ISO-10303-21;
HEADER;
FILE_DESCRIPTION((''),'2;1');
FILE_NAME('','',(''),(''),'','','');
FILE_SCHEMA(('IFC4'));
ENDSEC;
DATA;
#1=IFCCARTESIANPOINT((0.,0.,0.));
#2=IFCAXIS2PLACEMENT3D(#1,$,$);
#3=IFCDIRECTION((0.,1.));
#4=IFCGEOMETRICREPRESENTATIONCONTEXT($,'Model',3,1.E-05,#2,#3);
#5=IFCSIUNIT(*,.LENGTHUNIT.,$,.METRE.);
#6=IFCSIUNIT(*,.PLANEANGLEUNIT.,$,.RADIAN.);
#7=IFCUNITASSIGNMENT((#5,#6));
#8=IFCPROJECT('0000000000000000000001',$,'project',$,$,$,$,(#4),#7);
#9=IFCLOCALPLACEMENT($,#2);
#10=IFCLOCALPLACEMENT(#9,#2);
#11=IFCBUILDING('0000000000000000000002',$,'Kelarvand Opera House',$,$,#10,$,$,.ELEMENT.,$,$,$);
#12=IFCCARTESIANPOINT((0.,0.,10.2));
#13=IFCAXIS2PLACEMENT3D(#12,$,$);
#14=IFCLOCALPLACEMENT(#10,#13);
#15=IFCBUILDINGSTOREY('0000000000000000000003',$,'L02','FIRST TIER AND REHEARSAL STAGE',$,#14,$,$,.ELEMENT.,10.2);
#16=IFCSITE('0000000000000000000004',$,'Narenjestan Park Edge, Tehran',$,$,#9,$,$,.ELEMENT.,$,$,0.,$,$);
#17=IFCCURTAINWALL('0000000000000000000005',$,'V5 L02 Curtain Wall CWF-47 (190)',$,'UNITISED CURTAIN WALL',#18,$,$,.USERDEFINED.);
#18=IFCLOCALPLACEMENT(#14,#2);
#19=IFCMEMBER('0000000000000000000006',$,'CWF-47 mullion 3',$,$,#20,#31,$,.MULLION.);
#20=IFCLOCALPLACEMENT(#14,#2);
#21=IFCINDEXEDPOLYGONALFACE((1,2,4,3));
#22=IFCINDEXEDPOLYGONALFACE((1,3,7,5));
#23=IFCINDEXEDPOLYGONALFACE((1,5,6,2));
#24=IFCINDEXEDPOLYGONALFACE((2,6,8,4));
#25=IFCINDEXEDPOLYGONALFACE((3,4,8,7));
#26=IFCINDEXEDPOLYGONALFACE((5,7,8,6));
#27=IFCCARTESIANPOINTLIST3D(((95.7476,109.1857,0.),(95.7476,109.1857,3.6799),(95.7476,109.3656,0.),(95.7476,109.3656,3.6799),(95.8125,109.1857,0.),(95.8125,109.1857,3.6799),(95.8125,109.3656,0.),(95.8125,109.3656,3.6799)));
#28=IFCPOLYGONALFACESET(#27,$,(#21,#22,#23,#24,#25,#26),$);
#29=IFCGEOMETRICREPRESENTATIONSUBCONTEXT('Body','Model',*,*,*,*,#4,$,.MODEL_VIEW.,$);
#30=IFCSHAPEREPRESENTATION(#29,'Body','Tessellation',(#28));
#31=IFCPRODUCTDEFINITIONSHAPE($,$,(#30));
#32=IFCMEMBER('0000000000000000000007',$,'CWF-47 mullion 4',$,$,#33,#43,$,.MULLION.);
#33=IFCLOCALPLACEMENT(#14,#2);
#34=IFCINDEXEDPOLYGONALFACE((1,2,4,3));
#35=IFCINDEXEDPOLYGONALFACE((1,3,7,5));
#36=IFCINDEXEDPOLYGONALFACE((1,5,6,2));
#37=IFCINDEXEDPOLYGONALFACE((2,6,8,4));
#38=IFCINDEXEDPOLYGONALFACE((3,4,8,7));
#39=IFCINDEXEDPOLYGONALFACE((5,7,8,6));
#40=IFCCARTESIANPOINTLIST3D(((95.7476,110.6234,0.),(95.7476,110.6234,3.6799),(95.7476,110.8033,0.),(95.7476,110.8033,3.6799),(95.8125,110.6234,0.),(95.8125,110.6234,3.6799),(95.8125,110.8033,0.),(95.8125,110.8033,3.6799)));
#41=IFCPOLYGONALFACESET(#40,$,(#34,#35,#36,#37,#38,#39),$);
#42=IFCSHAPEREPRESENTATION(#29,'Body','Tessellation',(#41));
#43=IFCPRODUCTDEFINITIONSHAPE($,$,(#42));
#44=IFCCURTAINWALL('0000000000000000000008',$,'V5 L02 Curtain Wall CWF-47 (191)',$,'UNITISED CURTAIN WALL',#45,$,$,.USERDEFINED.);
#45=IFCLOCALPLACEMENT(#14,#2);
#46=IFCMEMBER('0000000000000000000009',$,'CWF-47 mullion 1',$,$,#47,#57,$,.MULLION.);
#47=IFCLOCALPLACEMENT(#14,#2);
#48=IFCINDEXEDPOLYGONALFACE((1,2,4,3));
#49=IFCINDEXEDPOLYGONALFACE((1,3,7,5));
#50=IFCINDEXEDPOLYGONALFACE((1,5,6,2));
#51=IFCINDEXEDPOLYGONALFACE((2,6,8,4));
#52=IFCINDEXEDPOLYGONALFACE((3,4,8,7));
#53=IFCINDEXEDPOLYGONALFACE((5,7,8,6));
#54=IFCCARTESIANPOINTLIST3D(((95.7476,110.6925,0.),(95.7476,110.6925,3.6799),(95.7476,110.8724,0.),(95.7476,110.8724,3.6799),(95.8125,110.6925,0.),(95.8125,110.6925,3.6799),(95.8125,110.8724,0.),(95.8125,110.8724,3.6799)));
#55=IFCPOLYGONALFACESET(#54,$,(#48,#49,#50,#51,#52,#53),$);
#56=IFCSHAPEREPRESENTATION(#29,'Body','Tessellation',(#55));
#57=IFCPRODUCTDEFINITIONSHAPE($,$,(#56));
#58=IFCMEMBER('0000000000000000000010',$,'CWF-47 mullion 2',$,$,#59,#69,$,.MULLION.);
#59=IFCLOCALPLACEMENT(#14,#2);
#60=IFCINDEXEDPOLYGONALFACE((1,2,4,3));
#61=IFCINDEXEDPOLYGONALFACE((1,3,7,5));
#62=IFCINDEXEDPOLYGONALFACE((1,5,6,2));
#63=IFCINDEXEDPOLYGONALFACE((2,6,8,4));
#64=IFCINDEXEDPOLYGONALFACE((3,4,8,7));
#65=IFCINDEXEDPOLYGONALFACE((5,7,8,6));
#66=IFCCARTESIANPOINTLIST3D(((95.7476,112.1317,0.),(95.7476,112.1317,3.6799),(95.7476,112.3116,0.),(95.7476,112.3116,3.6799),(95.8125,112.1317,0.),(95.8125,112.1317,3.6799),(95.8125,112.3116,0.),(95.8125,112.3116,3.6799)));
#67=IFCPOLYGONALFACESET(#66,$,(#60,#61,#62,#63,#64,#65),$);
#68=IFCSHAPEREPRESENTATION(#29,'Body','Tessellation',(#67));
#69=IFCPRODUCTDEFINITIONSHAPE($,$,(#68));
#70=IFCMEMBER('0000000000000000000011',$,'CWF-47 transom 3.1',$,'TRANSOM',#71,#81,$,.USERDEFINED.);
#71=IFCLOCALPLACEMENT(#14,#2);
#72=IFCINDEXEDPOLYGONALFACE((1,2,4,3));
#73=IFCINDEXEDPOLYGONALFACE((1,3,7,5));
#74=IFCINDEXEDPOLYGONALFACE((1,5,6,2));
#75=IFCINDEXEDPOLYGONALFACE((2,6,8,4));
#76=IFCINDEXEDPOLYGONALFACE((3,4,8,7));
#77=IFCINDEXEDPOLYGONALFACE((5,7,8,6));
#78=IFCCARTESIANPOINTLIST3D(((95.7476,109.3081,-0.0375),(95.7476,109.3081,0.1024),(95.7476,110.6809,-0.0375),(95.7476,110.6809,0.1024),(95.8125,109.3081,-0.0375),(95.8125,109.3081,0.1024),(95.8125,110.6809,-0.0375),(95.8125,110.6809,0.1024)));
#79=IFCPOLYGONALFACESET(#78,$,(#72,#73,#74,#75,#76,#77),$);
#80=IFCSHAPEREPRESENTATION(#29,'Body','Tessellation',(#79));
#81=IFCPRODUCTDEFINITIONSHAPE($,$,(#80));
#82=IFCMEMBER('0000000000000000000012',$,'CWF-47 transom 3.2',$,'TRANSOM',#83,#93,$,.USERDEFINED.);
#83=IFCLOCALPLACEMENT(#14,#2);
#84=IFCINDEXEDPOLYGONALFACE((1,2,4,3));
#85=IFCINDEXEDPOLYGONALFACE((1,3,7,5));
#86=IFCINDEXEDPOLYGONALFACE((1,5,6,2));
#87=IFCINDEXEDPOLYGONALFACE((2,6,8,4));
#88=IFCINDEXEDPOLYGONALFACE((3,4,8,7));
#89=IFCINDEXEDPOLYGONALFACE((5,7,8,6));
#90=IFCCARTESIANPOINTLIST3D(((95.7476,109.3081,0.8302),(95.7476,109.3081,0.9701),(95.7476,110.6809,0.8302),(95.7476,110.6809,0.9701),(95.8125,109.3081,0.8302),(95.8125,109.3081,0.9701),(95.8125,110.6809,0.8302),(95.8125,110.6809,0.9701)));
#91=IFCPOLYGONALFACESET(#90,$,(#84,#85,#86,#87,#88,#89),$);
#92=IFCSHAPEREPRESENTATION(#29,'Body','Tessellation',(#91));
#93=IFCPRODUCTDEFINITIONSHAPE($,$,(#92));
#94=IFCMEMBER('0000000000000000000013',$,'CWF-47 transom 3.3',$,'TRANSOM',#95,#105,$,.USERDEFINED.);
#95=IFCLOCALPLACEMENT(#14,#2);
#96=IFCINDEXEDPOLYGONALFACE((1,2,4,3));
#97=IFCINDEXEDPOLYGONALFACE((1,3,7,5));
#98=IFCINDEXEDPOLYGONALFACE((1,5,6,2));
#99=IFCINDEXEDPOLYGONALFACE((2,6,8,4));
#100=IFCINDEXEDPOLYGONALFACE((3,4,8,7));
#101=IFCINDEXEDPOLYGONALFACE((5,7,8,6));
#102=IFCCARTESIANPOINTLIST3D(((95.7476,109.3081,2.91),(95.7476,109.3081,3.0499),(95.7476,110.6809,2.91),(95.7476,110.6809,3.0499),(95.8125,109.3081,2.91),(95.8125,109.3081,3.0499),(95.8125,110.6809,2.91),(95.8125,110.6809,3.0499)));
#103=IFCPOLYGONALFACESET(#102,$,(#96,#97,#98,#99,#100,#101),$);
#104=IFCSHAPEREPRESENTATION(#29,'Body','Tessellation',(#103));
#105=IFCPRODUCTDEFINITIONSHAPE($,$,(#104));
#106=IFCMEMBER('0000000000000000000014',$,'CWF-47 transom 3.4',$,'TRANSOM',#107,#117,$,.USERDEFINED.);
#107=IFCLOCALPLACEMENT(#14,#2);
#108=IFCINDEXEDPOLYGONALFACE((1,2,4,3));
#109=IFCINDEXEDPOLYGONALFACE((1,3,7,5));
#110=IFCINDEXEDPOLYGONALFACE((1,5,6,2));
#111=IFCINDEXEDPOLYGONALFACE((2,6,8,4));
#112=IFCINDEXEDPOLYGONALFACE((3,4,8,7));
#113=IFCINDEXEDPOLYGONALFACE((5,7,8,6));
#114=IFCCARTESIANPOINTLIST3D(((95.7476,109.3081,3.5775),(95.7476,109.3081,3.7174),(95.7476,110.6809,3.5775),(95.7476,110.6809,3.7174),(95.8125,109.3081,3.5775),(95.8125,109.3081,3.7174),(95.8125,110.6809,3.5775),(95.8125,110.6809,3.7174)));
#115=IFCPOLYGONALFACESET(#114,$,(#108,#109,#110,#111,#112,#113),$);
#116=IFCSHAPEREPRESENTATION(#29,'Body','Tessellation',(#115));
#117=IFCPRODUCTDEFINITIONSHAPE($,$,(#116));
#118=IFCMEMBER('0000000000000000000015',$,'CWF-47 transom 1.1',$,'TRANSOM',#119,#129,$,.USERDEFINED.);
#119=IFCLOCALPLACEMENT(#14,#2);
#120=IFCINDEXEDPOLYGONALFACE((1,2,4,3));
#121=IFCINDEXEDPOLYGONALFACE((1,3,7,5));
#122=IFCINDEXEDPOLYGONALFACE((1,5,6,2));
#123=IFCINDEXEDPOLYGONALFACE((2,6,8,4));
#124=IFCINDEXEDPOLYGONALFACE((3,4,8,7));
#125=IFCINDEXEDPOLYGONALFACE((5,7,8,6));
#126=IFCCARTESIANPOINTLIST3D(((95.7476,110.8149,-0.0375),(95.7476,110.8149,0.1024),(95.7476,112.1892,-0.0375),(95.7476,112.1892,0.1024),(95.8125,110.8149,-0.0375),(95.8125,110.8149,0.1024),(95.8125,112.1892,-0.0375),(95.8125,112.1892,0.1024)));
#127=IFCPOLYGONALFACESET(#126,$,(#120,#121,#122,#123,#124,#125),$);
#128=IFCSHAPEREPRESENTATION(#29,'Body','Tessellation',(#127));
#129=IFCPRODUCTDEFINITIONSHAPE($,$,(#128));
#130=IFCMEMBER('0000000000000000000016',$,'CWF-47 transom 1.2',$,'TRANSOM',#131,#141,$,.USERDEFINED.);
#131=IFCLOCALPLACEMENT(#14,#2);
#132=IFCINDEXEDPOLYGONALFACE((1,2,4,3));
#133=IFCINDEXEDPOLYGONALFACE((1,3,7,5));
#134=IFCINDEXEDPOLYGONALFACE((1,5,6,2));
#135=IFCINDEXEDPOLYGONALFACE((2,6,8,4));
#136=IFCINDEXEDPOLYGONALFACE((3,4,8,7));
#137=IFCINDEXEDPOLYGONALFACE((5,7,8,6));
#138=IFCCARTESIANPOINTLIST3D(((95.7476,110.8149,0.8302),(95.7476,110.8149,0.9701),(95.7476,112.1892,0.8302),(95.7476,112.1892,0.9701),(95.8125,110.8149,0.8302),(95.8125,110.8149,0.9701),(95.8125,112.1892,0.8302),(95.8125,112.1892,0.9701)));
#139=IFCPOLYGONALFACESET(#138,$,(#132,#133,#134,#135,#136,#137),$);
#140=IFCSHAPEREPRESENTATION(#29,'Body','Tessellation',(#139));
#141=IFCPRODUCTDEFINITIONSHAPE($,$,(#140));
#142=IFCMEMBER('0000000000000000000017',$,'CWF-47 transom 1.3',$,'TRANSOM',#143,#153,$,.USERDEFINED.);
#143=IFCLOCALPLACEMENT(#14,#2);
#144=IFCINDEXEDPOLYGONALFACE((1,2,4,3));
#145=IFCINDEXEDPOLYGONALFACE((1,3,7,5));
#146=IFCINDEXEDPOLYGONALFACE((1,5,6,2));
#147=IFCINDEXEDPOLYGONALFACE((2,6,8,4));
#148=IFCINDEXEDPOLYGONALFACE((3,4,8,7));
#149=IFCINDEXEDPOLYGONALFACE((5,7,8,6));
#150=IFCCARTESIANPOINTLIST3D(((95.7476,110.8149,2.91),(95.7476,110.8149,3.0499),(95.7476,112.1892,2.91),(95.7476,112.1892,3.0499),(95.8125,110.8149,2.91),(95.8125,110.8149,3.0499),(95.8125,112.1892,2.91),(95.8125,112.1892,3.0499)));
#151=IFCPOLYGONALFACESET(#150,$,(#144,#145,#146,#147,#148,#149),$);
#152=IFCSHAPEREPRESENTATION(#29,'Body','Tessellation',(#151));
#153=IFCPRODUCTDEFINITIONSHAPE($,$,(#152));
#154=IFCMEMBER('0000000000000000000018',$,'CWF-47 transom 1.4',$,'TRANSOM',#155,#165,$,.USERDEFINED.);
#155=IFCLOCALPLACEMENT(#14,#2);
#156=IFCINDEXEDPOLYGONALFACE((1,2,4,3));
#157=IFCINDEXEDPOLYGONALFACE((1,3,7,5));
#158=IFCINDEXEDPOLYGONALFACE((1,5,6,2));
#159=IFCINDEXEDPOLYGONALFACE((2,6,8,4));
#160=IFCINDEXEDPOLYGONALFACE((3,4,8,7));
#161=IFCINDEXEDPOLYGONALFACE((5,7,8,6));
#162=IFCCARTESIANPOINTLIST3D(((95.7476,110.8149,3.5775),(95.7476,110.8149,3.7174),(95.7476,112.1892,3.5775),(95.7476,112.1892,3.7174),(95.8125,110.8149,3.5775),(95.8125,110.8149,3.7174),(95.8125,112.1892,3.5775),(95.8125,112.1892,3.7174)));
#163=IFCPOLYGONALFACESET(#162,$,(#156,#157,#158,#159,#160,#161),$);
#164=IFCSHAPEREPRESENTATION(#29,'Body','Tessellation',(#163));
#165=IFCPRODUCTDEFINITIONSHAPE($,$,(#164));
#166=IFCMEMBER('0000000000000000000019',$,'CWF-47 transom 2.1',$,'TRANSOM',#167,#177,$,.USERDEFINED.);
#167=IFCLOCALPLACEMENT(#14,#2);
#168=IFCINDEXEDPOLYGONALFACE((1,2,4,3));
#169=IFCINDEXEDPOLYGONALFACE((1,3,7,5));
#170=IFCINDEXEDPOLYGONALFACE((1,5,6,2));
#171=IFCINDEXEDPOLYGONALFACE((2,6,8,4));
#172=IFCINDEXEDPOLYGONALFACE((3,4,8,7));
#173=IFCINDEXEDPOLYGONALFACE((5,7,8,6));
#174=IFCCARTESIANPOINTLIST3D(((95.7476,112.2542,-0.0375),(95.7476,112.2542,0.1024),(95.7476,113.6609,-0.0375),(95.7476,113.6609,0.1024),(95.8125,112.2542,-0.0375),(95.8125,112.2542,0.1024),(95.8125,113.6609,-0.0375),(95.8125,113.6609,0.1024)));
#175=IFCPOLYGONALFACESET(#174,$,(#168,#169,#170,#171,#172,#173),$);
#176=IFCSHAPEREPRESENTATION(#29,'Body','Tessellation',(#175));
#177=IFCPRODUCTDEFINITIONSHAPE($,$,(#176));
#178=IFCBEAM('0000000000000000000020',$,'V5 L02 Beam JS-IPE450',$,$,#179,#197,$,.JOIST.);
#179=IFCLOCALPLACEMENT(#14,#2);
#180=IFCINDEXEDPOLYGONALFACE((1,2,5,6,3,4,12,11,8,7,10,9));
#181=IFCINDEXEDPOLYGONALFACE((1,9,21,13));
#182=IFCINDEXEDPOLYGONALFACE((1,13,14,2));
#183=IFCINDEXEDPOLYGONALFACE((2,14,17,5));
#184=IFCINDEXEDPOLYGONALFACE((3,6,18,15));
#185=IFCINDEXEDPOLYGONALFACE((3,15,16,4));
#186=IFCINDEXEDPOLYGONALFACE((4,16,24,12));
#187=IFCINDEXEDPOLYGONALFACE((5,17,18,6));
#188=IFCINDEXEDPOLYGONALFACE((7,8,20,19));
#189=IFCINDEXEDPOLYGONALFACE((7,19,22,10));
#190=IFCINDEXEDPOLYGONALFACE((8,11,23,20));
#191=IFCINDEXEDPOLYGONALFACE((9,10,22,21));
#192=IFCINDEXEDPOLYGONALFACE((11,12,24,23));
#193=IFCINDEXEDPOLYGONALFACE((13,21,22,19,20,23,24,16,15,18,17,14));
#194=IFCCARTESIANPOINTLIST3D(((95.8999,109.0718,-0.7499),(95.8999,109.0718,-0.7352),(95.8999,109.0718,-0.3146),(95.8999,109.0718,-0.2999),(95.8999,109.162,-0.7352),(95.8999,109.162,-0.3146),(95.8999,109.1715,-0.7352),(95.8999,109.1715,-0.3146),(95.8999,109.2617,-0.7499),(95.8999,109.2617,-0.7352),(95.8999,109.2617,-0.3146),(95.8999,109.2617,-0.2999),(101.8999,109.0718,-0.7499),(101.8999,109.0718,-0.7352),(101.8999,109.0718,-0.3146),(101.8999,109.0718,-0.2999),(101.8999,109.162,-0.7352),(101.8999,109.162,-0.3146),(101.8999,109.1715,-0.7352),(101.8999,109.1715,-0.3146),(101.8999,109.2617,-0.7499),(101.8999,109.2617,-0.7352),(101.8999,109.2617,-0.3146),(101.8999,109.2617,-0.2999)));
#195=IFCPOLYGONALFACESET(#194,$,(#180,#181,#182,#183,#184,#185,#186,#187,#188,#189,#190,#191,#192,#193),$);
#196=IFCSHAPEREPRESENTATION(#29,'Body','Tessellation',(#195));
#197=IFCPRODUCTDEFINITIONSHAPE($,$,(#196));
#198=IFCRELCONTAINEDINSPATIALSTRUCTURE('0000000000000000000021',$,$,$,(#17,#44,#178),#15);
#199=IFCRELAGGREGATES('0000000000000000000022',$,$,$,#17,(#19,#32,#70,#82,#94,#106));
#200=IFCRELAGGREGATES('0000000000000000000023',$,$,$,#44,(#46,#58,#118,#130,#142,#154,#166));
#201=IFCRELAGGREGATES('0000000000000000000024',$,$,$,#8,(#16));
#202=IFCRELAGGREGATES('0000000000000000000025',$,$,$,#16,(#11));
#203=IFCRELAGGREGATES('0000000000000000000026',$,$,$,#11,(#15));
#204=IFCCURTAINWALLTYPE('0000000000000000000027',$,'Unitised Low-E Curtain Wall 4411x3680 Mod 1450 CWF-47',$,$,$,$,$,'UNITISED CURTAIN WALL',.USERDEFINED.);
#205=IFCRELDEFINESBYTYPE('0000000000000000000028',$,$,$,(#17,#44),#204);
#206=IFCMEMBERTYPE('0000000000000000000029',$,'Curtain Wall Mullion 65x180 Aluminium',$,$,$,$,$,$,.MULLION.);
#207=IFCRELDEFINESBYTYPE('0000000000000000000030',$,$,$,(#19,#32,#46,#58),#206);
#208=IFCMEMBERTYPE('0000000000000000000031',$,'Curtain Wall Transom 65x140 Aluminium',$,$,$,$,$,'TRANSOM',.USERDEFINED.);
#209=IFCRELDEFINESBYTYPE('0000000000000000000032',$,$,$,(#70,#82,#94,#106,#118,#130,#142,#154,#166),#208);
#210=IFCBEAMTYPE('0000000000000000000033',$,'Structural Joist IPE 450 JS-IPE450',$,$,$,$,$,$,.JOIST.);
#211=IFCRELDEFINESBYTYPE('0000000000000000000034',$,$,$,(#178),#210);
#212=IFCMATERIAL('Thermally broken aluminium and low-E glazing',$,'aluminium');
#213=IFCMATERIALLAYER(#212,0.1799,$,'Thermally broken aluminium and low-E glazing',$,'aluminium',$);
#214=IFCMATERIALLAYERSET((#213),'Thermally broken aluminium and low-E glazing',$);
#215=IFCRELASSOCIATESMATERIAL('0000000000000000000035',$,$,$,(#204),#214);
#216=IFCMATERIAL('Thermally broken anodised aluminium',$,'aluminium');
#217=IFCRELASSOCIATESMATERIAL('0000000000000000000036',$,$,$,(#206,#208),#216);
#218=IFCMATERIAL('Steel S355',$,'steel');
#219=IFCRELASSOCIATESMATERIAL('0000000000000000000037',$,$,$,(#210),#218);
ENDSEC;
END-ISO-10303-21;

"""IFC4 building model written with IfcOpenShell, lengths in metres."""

from ifc_helpers import new_model, si_unit, direction, frame, origin, origin_2d, place, context, subcontext, project, spatial, rectangle, i_section, extrude, material, layer, layer_set, material_profile, profile_set, type_object, element, aggregate, save


model = new_model("IFC4")

# Units and contexts
model_context = context("Model", 3, precision=1e-05, world=origin(), true_north=direction((0.0, 1.0)))
body_context = subcontext(model_context, "Body", "Model", "MODEL_VIEW")
ifc_project = project(units=[si_unit("LENGTHUNIT", "METRE"), si_unit("PLANEANGLEUNIT", "RADIAN")], contexts=[model_context])

# Site, building, storey
site_placement = place(None, origin())
site = spatial("IfcSite", under=ifc_project, at=site_placement, Name="Narenjestan Park Edge, Tehran", CompositionType="ELEMENT", RefElevation=0.0)
building_placement = place(site_placement, origin())
building = spatial("IfcBuilding", under=site, at=building_placement, Name="Kelarvand Opera House", CompositionType="ELEMENT")
storey_placement = place(building_placement, frame((0.0, 0.0, 10.2)))
storey = spatial("IfcBuildingStorey", under=building, at=storey_placement, Name="L02", Description="FIRST TIER AND REHEARSAL STAGE", CompositionType="ELEMENT", Elevation=10.2)

# Curtain walls, members
ifc_material_1 = material(Name="Thermally broken aluminium and low-E glazing", Category="aluminium")
ifc_layer_1 = layer(ifc_material_1, 0.1799, Name="Thermally broken aluminium and low-E glazing", Category="aluminium")
ifc_layer_set_1 = layer_set([ifc_layer_1], Name="Thermally broken aluminium and low-E glazing")
curtain_wall_type = type_object("IfcCurtainWallType", Name="Unitised Low-E Curtain Wall 4411x3680 Mod 1450 CWF-47", ElementType="UNITISED CURTAIN WALL", PredefinedType="USERDEFINED", material=ifc_layer_set_1)
curtain_wall_1_placement = place(storey_placement, origin())
curtain_wall_1 = element("IfcCurtainWall", 1, at=curtain_wall_1_placement, inside=storey, type_object=curtain_wall_type, Name="V5 L02 Curtain Wall CWF-47 (190)", ObjectType="UNITISED CURTAIN WALL", PredefinedType="USERDEFINED")
ifc_material_2 = material(Name="Thermally broken anodised aluminium", Category="aluminium")
ifc_material_profile_1 = material_profile(ifc_material_2, rectangle(XDim=0.0649, YDim=0.1799, at=origin_2d()), Name="ALU MULLION 65x180", Category="aluminium")
ifc_profile_set_1 = profile_set([ifc_material_profile_1], Name="Thermally broken anodised aluminium")
member_type_1 = type_object("IfcMemberType", Name="Curtain Wall Mullion 65x180 Aluminium", PredefinedType="MULLION", material=ifc_profile_set_1)
member_1_placement = place(storey_placement, frame((95.78, 109.2756, 0.0), z_axis=(0.0, 0.0, 1.0), x_axis=(-1.0, 0.0, 0.0)))
member_1 = element("IfcMember", 2, at=member_1_placement, type_object=member_type_1, Name="CWF-47 mullion 3", PredefinedType="MULLION", context=body_context, shape_type="SweptSolid", body=[
    extrude(rectangle(XDim=0.0649, YDim=0.1799, at=origin_2d()), origin(), (0.0, 0.0, 1.0), 3.6799),
])
member_2_placement = place(storey_placement, frame((95.78, 110.7134, 0.0), z_axis=(0.0, 0.0, 1.0), x_axis=(-1.0, 0.0, 0.0)))
member_2 = element("IfcMember", 3, at=member_2_placement, type_object=member_type_1, Name="CWF-47 mullion 4", PredefinedType="MULLION", context=body_context, shape_type="SweptSolid", body=[
    extrude(rectangle(XDim=0.0649, YDim=0.1799, at=origin_2d()), origin(), (0.0, 0.0, 1.0), 3.6799),
])
curtain_wall_2_placement = place(storey_placement, origin())
curtain_wall_2 = element("IfcCurtainWall", 4, at=curtain_wall_2_placement, inside=storey, type_object=curtain_wall_type, Name="V5 L02 Curtain Wall CWF-47 (191)", ObjectType="UNITISED CURTAIN WALL", PredefinedType="USERDEFINED")
member_3_placement = place(storey_placement, frame((95.78, 110.7825, 0.0), z_axis=(0.0, 0.0, 1.0), x_axis=(-1.0, 0.0, 0.0)))
member_3 = element("IfcMember", 5, at=member_3_placement, type_object=member_type_1, Name="CWF-47 mullion 1", PredefinedType="MULLION", context=body_context, shape_type="SweptSolid", body=[
    extrude(rectangle(XDim=0.0649, YDim=0.1799, at=origin_2d()), origin(), (0.0, 0.0, 1.0), 3.6799),
])
member_4_placement = place(storey_placement, frame((95.78, 112.2217, 0.0), z_axis=(0.0, 0.0, 1.0), x_axis=(-1.0, 0.0, 0.0)))
member_4 = element("IfcMember", 6, at=member_4_placement, type_object=member_type_1, Name="CWF-47 mullion 2", PredefinedType="MULLION", context=body_context, shape_type="SweptSolid", body=[
    extrude(rectangle(XDim=0.0649, YDim=0.1799, at=origin_2d()), origin(), (0.0, 0.0, 1.0), 3.6799),
])

# Members
ifc_material_profile_2 = material_profile(ifc_material_2, rectangle(XDim=0.0649, YDim=0.1399, at=origin_2d()), Name="ALU TRANSOM 65x140", Category="aluminium")
ifc_profile_set_2 = profile_set([ifc_material_profile_2], Name="Thermally broken anodised aluminium")
member_type_2 = type_object("IfcMemberType", Name="Curtain Wall Transom 65x140 Aluminium", ElementType="TRANSOM", PredefinedType="USERDEFINED", material=ifc_profile_set_2)
member_5_placement = place(storey_placement, frame((95.78, 109.3081, 0.0325), z_axis=(0.0, 1.0, 0.0), x_axis=(-1.0, 0.0, 0.0)))
member_5 = element("IfcMember", 7, at=member_5_placement, type_object=member_type_2, Name="CWF-47 transom 3.1", ObjectType="TRANSOM", PredefinedType="USERDEFINED", context=body_context, shape_type="SweptSolid", body=[
    extrude(rectangle(XDim=0.0649, YDim=0.1399, at=origin_2d()), origin(), (0.0, 0.0, 1.0), 1.3728),
])
member_6_placement = place(storey_placement, frame((95.78, 109.3081, 0.9001), z_axis=(0.0, 1.0, 0.0), x_axis=(-1.0, 0.0, 0.0)))
member_6 = element("IfcMember", 8, at=member_6_placement, type_object=member_type_2, Name="CWF-47 transom 3.2", ObjectType="TRANSOM", PredefinedType="USERDEFINED", context=body_context, shape_type="SweptSolid", body=[
    extrude(rectangle(XDim=0.0649, YDim=0.1399, at=origin_2d()), origin(), (0.0, 0.0, 1.0), 1.3728),
])
member_7_placement = place(storey_placement, frame((95.78, 109.3081, 2.98), z_axis=(0.0, 1.0, 0.0), x_axis=(-1.0, 0.0, 0.0)))
member_7 = element("IfcMember", 9, at=member_7_placement, type_object=member_type_2, Name="CWF-47 transom 3.3", ObjectType="TRANSOM", PredefinedType="USERDEFINED", context=body_context, shape_type="SweptSolid", body=[
    extrude(rectangle(XDim=0.0649, YDim=0.1399, at=origin_2d()), origin(), (0.0, 0.0, 1.0), 1.3728),
])
member_8_placement = place(storey_placement, frame((95.78, 109.3081, 3.6475), z_axis=(0.0, 1.0, 0.0), x_axis=(-1.0, 0.0, 0.0)))
member_8 = element("IfcMember", 10, at=member_8_placement, type_object=member_type_2, Name="CWF-47 transom 3.4", ObjectType="TRANSOM", PredefinedType="USERDEFINED", context=body_context, shape_type="SweptSolid", body=[
    extrude(rectangle(XDim=0.0649, YDim=0.1399, at=origin_2d()), origin(), (0.0, 0.0, 1.0), 1.3728),
])
member_9_placement = place(storey_placement, frame((95.78, 110.8149, 0.0325), z_axis=(0.0, 1.0, 0.0), x_axis=(-1.0, 0.0, 0.0)))
member_9 = element("IfcMember", 11, at=member_9_placement, type_object=member_type_2, Name="CWF-47 transom 1.1", ObjectType="TRANSOM", PredefinedType="USERDEFINED", context=body_context, shape_type="SweptSolid", body=[
    extrude(rectangle(XDim=0.0649, YDim=0.1399, at=origin_2d()), origin(), (0.0, 0.0, 1.0), 1.3743),
])
member_10_placement = place(storey_placement, frame((95.78, 110.8149, 0.9001), z_axis=(0.0, 1.0, 0.0), x_axis=(-1.0, 0.0, 0.0)))
member_10 = element("IfcMember", 12, at=member_10_placement, type_object=member_type_2, Name="CWF-47 transom 1.2", ObjectType="TRANSOM", PredefinedType="USERDEFINED", context=body_context, shape_type="SweptSolid", body=[
    extrude(rectangle(XDim=0.0649, YDim=0.1399, at=origin_2d()), origin(), (0.0, 0.0, 1.0), 1.3743),
])
member_11_placement = place(storey_placement, frame((95.78, 110.8149, 2.98), z_axis=(0.0, 1.0, 0.0), x_axis=(-1.0, 0.0, 0.0)))
member_11 = element("IfcMember", 13, at=member_11_placement, type_object=member_type_2, Name="CWF-47 transom 1.3", ObjectType="TRANSOM", PredefinedType="USERDEFINED", context=body_context, shape_type="SweptSolid", body=[
    extrude(rectangle(XDim=0.0649, YDim=0.1399, at=origin_2d()), origin(), (0.0, 0.0, 1.0), 1.3743),
])
member_12_placement = place(storey_placement, frame((95.78, 110.8149, 3.6475), z_axis=(0.0, 1.0, 0.0), x_axis=(-1.0, 0.0, 0.0)))
member_12 = element("IfcMember", 14, at=member_12_placement, type_object=member_type_2, Name="CWF-47 transom 1.4", ObjectType="TRANSOM", PredefinedType="USERDEFINED", context=body_context, shape_type="SweptSolid", body=[
    extrude(rectangle(XDim=0.0649, YDim=0.1399, at=origin_2d()), origin(), (0.0, 0.0, 1.0), 1.3743),
])
member_13_placement = place(storey_placement, frame((95.78, 112.2542, 0.0325), z_axis=(0.0, 1.0, 0.0), x_axis=(-1.0, 0.0, 0.0)))
member_13 = element("IfcMember", 15, at=member_13_placement, type_object=member_type_2, Name="CWF-47 transom 2.1", ObjectType="TRANSOM", PredefinedType="USERDEFINED", context=body_context, shape_type="SweptSolid", body=[
    extrude(rectangle(XDim=0.0649, YDim=0.1399, at=origin_2d()), origin(), (0.0, 0.0, 1.0), 1.4067),
])

# Beam
ifc_material_3 = material(Name="Steel S355", Category="steel")
ifc_material_profile_3 = material_profile(ifc_material_3, i_section(OverallWidth=0.1899, OverallDepth=0.45, WebThickness=0.0095, FlangeThickness=0.0146, at=origin_2d()), Name="IPE 450", Category="steel")
ifc_profile_set_3 = profile_set([ifc_material_profile_3], Name="Steel S355")
beam_type = type_object("IfcBeamType", Name="Structural Joist IPE 450 JS-IPE450", PredefinedType="JOIST", material=ifc_profile_set_3)
beam_placement = place(storey_placement, frame((95.8999, 109.1667, -0.5249), z_axis=(1.0, 0.0, 0.0), x_axis=(0.0, 1.0, 0.0)))
element("IfcBeam", 16, at=beam_placement, inside=storey, type_object=beam_type, Name="V5 L02 Beam JS-IPE450", PredefinedType="JOIST", context=body_context, shape_type="SweptSolid", body=[
    extrude(i_section(OverallWidth=0.1899, OverallDepth=0.45, WebThickness=0.0095, FlangeThickness=0.0146, at=origin_2d()), origin(), (0.0, 0.0, 1.0), 6.0),
])

aggregate(curtain_wall_1, [member_1, member_2, member_5, member_6, member_7, member_8])
aggregate(curtain_wall_2, [member_3, member_4, member_9, member_10, member_11, member_12, member_13])

save(model, "model.ifc")
